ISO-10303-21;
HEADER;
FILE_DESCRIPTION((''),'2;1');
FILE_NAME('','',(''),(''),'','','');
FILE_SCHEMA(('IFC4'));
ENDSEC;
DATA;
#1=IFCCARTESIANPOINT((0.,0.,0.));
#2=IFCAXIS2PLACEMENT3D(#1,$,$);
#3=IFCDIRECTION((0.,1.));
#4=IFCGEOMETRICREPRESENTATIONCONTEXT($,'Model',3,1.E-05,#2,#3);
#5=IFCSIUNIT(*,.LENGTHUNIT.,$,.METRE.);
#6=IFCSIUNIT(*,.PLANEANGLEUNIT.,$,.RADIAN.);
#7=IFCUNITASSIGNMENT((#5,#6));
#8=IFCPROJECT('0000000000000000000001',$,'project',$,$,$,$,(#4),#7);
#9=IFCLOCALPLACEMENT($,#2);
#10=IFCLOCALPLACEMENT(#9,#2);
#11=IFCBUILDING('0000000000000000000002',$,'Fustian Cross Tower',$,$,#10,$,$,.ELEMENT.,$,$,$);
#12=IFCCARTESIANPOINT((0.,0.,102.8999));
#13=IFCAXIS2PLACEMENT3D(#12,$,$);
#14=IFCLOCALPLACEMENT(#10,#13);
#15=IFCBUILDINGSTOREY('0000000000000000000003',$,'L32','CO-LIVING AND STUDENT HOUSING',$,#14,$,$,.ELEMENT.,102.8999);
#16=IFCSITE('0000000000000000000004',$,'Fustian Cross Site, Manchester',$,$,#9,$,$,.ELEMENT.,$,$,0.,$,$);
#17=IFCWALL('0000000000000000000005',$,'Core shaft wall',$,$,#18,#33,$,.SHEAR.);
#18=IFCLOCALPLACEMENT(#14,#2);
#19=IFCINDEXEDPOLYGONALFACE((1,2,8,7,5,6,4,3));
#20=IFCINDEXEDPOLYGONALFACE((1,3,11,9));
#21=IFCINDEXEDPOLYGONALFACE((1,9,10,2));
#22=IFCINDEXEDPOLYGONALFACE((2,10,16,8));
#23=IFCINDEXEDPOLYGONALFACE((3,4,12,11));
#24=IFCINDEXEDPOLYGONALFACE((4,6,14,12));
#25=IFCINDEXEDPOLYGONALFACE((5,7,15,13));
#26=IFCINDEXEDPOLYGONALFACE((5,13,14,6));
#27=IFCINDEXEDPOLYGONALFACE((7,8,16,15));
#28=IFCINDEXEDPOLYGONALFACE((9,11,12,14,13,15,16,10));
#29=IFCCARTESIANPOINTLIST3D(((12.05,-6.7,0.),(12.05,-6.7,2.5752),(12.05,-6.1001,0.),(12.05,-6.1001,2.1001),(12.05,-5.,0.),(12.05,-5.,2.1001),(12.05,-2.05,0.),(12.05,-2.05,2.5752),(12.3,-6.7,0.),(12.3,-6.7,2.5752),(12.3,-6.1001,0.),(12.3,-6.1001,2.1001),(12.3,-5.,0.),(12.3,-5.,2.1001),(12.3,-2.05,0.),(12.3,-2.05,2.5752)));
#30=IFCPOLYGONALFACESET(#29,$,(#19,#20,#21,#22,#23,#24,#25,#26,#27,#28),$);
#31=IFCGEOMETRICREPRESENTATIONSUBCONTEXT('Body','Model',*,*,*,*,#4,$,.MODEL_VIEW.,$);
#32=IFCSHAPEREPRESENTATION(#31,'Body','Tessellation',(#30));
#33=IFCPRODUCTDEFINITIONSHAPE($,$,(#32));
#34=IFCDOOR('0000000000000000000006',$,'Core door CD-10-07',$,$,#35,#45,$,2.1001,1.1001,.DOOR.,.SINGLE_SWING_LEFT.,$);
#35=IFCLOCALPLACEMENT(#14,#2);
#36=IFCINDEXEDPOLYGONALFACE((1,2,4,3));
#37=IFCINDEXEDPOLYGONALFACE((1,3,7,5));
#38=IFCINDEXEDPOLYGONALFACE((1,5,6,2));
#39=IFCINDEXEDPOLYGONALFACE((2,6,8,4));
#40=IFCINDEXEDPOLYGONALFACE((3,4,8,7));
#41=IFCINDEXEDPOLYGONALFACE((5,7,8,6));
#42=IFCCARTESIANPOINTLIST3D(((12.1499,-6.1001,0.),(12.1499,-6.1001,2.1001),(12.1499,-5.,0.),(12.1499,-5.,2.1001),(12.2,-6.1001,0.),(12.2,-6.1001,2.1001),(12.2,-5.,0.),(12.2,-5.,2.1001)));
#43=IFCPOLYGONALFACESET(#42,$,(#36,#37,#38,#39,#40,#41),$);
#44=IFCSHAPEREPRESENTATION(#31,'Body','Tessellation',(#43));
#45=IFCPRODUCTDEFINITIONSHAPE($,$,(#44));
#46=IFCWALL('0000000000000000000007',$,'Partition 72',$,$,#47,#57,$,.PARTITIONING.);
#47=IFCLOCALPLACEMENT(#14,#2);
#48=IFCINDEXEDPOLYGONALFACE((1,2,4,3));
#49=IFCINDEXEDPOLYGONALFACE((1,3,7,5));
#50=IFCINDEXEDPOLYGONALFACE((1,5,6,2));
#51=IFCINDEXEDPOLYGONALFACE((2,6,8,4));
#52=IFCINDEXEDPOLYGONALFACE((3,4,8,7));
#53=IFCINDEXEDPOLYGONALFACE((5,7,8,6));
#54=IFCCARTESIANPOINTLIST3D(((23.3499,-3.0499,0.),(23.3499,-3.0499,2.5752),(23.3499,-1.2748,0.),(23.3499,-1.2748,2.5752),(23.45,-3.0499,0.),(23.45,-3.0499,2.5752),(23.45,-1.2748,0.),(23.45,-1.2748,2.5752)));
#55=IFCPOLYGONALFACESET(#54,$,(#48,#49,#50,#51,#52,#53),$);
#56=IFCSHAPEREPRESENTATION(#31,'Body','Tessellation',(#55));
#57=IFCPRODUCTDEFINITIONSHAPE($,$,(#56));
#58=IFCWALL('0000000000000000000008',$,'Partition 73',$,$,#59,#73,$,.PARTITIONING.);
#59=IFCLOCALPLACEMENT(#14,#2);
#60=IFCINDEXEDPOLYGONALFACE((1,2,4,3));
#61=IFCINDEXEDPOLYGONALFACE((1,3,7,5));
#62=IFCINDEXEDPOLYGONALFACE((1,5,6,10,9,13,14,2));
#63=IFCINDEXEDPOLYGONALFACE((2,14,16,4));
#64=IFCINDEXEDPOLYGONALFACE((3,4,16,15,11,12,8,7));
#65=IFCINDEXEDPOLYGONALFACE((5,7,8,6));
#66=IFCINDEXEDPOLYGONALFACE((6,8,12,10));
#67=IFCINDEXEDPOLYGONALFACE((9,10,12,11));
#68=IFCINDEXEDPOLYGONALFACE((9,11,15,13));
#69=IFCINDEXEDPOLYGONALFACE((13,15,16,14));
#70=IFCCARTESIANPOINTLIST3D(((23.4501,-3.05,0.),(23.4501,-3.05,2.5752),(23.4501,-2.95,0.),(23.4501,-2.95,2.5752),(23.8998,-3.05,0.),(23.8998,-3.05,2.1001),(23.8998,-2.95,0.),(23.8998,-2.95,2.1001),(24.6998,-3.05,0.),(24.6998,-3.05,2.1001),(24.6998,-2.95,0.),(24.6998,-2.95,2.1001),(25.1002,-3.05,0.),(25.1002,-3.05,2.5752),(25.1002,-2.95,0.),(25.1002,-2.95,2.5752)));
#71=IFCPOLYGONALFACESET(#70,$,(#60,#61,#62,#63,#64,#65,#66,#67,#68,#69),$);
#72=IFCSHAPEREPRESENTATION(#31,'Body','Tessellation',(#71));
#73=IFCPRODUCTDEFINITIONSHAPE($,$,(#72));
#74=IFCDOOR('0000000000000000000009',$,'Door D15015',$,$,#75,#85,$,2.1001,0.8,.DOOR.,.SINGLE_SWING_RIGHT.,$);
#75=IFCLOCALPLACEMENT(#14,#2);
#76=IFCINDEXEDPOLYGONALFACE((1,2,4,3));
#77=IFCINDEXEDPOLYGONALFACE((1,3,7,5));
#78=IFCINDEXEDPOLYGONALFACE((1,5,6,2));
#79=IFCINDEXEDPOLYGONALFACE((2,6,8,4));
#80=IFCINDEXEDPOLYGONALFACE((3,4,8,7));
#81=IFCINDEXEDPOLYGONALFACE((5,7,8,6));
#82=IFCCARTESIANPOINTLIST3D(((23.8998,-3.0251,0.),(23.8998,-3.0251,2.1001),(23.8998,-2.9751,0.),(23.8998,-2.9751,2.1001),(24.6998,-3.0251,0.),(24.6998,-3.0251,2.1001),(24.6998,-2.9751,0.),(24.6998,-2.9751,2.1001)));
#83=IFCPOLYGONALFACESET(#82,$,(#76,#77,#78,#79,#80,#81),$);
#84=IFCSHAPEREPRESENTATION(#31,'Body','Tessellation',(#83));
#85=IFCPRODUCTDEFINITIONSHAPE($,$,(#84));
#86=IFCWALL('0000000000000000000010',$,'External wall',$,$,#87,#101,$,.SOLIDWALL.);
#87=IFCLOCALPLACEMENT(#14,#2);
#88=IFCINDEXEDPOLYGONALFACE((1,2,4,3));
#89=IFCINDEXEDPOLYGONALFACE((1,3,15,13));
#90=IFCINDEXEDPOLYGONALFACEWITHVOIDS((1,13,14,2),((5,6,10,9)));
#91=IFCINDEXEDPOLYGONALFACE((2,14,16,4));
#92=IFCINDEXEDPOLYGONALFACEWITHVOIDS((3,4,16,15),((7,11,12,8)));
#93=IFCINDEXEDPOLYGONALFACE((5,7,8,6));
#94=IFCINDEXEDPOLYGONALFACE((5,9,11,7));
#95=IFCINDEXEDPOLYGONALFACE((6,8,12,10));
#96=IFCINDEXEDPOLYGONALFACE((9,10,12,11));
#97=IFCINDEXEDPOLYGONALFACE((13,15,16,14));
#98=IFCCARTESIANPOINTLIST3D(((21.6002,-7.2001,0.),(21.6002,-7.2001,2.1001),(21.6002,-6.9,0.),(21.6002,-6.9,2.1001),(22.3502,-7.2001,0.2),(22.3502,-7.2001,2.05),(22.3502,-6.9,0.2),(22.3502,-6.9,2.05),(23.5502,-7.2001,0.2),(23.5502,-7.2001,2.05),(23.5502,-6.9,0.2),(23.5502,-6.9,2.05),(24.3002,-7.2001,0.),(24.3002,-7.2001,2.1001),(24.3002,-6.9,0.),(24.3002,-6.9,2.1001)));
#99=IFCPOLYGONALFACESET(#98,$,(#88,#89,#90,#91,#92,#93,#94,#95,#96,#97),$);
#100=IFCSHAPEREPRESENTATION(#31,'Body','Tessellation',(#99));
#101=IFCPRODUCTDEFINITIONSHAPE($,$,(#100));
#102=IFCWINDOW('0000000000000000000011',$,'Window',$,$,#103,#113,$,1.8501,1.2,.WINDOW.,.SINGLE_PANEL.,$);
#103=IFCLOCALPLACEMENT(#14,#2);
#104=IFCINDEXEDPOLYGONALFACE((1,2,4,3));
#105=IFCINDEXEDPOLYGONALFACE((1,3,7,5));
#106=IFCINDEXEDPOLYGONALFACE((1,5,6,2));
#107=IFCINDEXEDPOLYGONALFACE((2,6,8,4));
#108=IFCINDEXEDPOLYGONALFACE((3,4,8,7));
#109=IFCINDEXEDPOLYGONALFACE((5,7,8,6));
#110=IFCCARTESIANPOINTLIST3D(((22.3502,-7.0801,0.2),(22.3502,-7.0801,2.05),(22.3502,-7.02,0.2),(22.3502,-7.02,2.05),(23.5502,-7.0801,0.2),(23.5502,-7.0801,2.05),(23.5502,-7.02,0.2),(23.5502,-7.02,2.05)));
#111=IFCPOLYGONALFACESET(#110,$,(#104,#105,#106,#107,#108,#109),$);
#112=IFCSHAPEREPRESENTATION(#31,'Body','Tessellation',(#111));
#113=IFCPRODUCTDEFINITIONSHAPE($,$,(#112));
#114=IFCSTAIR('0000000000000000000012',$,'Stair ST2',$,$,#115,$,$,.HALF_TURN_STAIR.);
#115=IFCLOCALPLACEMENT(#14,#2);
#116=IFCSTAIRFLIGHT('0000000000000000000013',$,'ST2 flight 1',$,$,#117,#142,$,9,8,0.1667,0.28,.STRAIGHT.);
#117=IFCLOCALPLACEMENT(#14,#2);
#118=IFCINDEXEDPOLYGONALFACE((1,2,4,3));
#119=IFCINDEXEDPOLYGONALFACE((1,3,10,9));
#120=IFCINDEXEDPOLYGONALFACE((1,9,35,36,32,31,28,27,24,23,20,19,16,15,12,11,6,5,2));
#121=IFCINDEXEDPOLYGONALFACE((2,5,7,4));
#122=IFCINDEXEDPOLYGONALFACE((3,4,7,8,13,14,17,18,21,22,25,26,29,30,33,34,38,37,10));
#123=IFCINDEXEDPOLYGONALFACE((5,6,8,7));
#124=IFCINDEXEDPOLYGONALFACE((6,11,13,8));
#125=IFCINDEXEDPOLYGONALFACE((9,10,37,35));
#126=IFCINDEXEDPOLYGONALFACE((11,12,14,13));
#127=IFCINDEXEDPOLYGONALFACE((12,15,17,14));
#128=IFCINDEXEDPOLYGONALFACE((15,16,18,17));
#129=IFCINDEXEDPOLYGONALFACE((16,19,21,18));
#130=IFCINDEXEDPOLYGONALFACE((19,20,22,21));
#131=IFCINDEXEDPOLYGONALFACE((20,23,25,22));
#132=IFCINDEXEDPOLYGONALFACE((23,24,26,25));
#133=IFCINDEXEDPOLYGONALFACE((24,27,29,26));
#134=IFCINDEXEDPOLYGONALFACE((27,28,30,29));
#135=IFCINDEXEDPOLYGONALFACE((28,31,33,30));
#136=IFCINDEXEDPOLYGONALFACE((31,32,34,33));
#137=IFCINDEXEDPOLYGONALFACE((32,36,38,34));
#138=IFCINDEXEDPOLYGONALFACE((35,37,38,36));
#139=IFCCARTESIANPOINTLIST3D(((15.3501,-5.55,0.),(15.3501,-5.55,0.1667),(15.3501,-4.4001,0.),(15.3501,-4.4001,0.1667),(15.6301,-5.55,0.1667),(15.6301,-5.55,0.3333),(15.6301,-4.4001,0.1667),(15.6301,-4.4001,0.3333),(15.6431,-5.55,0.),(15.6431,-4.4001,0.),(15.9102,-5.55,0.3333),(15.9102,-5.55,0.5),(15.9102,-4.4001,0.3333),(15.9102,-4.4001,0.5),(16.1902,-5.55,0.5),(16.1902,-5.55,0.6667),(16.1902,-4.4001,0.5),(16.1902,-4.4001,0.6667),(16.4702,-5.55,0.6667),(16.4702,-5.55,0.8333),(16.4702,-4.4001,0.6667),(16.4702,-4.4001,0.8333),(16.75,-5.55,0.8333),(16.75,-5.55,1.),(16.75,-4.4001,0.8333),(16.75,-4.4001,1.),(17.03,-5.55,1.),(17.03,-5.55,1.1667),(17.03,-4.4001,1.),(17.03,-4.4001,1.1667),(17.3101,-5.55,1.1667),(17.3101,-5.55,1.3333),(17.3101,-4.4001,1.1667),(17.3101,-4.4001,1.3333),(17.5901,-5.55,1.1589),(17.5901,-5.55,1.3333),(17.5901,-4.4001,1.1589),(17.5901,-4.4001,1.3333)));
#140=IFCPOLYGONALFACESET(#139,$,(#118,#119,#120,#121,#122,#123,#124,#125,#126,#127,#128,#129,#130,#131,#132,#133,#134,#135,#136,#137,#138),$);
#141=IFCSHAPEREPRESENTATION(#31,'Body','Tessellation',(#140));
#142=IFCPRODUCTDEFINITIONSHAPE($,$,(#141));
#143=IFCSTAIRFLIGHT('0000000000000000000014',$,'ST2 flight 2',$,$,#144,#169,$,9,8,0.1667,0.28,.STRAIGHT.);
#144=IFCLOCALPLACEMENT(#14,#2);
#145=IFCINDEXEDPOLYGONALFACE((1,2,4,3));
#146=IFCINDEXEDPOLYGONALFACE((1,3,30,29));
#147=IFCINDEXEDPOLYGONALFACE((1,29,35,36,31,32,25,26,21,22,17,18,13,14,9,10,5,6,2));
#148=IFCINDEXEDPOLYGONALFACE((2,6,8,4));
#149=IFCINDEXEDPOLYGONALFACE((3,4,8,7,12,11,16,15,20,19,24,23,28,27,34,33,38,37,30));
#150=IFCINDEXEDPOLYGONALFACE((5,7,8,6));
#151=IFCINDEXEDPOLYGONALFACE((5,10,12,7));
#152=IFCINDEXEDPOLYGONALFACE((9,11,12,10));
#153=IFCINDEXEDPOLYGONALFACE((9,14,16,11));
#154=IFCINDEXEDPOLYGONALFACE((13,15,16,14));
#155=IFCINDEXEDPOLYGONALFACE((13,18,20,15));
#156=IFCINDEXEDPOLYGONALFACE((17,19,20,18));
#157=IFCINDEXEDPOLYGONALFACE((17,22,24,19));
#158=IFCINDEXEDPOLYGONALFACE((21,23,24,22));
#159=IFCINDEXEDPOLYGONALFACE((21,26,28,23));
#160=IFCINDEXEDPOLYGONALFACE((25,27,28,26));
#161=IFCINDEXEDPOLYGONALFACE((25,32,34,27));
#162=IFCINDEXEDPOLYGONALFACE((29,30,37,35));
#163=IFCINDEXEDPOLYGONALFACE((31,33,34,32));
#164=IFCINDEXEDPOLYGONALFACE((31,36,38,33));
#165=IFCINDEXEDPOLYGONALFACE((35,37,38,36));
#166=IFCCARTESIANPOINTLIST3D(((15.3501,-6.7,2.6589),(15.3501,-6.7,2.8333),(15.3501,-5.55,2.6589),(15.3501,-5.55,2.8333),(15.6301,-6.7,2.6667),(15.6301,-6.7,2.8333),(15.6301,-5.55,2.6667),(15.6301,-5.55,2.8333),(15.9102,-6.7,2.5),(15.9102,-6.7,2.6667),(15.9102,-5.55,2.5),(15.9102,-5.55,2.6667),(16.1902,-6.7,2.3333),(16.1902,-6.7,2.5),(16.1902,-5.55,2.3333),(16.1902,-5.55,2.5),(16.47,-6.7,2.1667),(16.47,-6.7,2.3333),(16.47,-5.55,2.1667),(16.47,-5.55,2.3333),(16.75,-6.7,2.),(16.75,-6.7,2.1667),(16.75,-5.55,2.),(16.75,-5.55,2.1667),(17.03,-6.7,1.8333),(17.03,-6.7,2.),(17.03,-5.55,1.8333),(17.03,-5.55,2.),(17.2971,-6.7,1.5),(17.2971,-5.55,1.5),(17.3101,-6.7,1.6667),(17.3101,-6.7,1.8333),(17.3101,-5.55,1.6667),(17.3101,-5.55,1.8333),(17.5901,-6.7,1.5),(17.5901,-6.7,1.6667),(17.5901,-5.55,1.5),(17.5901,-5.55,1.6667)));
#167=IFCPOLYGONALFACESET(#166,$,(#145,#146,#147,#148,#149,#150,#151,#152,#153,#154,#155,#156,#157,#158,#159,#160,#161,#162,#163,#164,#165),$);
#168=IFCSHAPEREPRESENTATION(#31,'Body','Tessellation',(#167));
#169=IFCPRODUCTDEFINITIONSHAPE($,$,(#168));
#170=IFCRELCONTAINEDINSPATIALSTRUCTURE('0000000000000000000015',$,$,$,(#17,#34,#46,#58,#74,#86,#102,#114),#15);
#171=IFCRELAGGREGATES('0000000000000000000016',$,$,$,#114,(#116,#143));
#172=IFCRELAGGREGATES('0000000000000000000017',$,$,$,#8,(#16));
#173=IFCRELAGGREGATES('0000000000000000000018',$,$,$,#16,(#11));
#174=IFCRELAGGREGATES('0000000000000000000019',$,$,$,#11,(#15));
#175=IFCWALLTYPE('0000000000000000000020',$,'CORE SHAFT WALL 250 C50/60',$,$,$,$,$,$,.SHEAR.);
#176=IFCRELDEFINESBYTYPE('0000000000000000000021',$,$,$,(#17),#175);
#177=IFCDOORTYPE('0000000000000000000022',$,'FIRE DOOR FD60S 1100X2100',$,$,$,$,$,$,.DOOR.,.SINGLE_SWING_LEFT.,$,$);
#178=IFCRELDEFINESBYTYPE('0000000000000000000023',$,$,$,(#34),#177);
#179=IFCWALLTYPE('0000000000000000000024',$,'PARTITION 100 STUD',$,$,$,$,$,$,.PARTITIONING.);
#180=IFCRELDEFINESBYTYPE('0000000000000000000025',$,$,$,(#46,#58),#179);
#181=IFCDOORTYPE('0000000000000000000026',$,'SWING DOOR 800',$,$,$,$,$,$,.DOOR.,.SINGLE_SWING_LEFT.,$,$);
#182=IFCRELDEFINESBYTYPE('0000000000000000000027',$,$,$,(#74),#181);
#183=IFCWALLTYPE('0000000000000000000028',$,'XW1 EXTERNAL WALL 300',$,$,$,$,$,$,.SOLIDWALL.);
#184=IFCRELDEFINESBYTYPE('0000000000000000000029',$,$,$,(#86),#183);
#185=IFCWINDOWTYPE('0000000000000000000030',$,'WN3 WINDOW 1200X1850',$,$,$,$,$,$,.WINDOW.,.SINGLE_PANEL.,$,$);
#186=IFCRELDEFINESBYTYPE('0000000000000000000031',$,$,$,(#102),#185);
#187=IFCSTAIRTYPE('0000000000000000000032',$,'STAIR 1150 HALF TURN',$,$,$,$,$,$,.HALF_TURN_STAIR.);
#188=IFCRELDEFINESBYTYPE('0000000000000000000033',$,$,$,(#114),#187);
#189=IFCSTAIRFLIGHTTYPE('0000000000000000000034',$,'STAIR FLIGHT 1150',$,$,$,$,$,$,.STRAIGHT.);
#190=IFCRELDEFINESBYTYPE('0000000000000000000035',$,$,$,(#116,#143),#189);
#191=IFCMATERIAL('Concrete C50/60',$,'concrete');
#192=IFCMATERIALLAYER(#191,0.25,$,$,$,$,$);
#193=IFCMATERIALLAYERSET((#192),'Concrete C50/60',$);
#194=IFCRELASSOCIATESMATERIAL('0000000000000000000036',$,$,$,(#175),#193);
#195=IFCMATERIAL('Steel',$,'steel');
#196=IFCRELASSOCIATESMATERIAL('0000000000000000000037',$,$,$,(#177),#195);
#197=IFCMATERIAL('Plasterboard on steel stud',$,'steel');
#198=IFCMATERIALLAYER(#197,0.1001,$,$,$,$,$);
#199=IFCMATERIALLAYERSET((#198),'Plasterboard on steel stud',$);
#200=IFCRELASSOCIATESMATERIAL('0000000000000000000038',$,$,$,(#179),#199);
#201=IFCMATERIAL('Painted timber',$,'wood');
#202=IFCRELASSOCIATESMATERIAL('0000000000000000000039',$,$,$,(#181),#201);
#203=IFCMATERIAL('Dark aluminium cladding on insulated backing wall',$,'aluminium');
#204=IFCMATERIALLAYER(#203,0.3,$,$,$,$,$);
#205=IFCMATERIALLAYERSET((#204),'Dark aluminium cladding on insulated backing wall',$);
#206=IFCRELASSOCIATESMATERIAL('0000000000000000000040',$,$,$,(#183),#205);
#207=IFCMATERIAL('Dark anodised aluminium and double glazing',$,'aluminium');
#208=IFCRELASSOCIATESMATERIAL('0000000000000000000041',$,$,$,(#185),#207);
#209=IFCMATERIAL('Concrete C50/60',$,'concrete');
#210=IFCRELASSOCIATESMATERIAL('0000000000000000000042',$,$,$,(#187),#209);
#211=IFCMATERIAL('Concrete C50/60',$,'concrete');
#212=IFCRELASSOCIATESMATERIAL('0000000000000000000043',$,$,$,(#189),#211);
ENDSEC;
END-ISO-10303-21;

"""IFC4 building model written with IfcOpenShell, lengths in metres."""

from ifc_helpers import new_model, si_unit, direction, frame, frame_2d, origin, place, context, subcontext, project, spatial, polyline, rectangle, outline, extrude, material, layer, layer_set, type_object, element, fill, aggregate, save


model = new_model("IFC4")

# Units and contexts
model_context = context("Model", 3, precision=1e-05, world=origin(), true_north=direction((0.0, 1.0)))
body_context = subcontext(model_context, "Body", "Model", "MODEL_VIEW")
ifc_project = project(units=[si_unit("LENGTHUNIT", "METRE"), si_unit("PLANEANGLEUNIT", "RADIAN")], contexts=[model_context])

# Site, building, storey
site_placement = place(None, origin())
site = spatial("IfcSite", under=ifc_project, at=site_placement, Name="Fustian Cross Site, Manchester", CompositionType="ELEMENT", RefElevation=0.0)
building_placement = place(site_placement, origin())
building = spatial("IfcBuilding", under=site, at=building_placement, Name="Fustian Cross Tower", CompositionType="ELEMENT")
storey_placement = place(building_placement, frame((0.0, 0.0, 102.8999)))
storey = spatial("IfcBuildingStorey", under=building, at=storey_placement, Name="L32", Description="CO-LIVING AND STUDENT HOUSING", CompositionType="ELEMENT", Elevation=102.8999)

# Shared definitions
ifc_material_1 = material(Name="Concrete C50/60", Category="concrete")
ifc_layer_1 = layer(ifc_material_1, 0.25)
ifc_layer_set_1 = layer_set([ifc_layer_1], Name="Concrete C50/60")
wall_type_1 = type_object("IfcWallType", Name="CORE SHAFT WALL 250 C50/60", PredefinedType="SHEAR", material=ifc_layer_set_1)

# Wall, opening, door
wall_1_placement = place(storey_placement, frame((12.175, -2.05, 0.0), z_axis=(0.0, 0.0, 1.0), x_axis=(0.0, -1.0, 0.0)))
wall_1 = element("IfcWall", 1, at=wall_1_placement, inside=storey, type_object=wall_type_1, Name="Core shaft wall", PredefinedType="SHEAR", context=body_context, shape_type="SweptSolid", body=[
    extrude(rectangle(XDim=4.6499, YDim=0.25, at=frame_2d((2.325, 0.0))), origin(), (0.0, 0.0, 1.0), 2.5752),
])
opening_1_placement = place(wall_1_placement, frame((2.95, 0.0, 0.0)))
opening_1 = element("IfcOpeningElement", 2, at=opening_1_placement, cuts=wall_1, PredefinedType="OPENING", context=body_context, shape_type="SweptSolid", body=[
    extrude(rectangle(XDim=1.1001, YDim=2.1001, at=frame_2d((0.55, 1.05))), frame((0.0, 0.135, 0.0), z_axis=(0.0, -1.0, 0.0), x_axis=(1.0, 0.0, 0.0)), (0.0, 0.0, 1.0), 0.27),
])
ifc_material_2 = material(Name="Steel", Category="steel")
door_type_1 = type_object("IfcDoorType", Name="FIRE DOOR FD60S 1100X2100", OperationType="SINGLE_SWING_LEFT", PredefinedType="DOOR", material=ifc_material_2)
door_1_placement = place(opening_1_placement, origin())
door_1 = element("IfcDoor", 3, at=door_1_placement, inside=storey, type_object=door_type_1, Name="Core door CD-10-07", OperationType="SINGLE_SWING_LEFT", OverallHeight=2.1001, OverallWidth=1.1001, PredefinedType="DOOR", context=body_context, shape_type="SweptSolid", body=[
    extrude(rectangle(XDim=1.1001, YDim=2.1001, at=frame_2d((0.55, 1.05))), frame((0.0, 0.0249, 0.0), z_axis=(0.0, -1.0, 0.0), x_axis=(1.0, 0.0, 0.0)), (0.0, 0.0, 1.0), 0.05),
])
fill(opening_1, door_1)

# Wall
ifc_material_3 = material(Name="Plasterboard on steel stud", Category="steel")
ifc_layer_2 = layer(ifc_material_3, 0.1001)
ifc_layer_set_2 = layer_set([ifc_layer_2], Name="Plasterboard on steel stud")
wall_type_2 = type_object("IfcWallType", Name="PARTITION 100 STUD", PredefinedType="PARTITIONING", material=ifc_layer_set_2)
wall_2_placement = place(storey_placement, frame((23.3999, -3.05, 0.0), z_axis=(0.0, 0.0, 1.0), x_axis=(0.0, 1.0, 0.0)))
element("IfcWall", 4, at=wall_2_placement, inside=storey, type_object=wall_type_2, Name="Partition 72", PredefinedType="PARTITIONING", context=body_context, shape_type="SweptSolid", body=[
    extrude(rectangle(XDim=1.7751, YDim=0.1001, at=frame_2d((0.8877, 0.0))), origin(), (0.0, 0.0, 1.0), 2.5752),
])

# Wall, opening, door
wall_3_placement = place(storey_placement, frame((23.45, -3.0, 0.0), z_axis=(0.0, 0.0, 1.0), x_axis=(1.0, 0.0, 0.0)))
wall_3 = element("IfcWall", 5, at=wall_3_placement, inside=storey, type_object=wall_type_2, Name="Partition 73", PredefinedType="PARTITIONING", context=body_context, shape_type="SweptSolid", body=[
    extrude(rectangle(XDim=1.6501, YDim=0.1001, at=frame_2d((0.8252, 0.0))), origin(), (0.0, 0.0, 1.0), 2.5752),
])
opening_2_placement = place(wall_3_placement, frame((0.45, 0.0, 0.0)))
opening_2 = element("IfcOpeningElement", 6, at=opening_2_placement, cuts=wall_3, PredefinedType="OPENING", context=body_context, shape_type="SweptSolid", body=[
    extrude(rectangle(XDim=0.8, YDim=2.1001, at=frame_2d((0.3999, 1.05))), frame((0.0, 0.0601, 0.0), z_axis=(0.0, -1.0, 0.0), x_axis=(1.0, 0.0, 0.0)), (0.0, 0.0, 1.0), 0.1201),
])
ifc_material_4 = material(Name="Painted timber", Category="wood")
door_type_2 = type_object("IfcDoorType", Name="SWING DOOR 800", OperationType="SINGLE_SWING_LEFT", PredefinedType="DOOR", material=ifc_material_4)
door_2_placement = place(opening_2_placement, origin())
door_2 = element("IfcDoor", 7, at=door_2_placement, inside=storey, type_object=door_type_2, Name="Door D15015", OperationType="SINGLE_SWING_RIGHT", OverallHeight=2.1001, OverallWidth=0.8, PredefinedType="DOOR", context=body_context, shape_type="SweptSolid", body=[
    extrude(rectangle(XDim=0.8, YDim=2.1001, at=frame_2d((0.3999, 1.05))), frame((0.0, 0.0249, 0.0), z_axis=(0.0, -1.0, 0.0), x_axis=(1.0, 0.0, 0.0)), (0.0, 0.0, 1.0), 0.05),
])
fill(opening_2, door_2)

# Wall, opening, window
ifc_material_5 = material(Name="Dark aluminium cladding on insulated backing wall", Category="aluminium")
ifc_layer_3 = layer(ifc_material_5, 0.3)
ifc_layer_set_3 = layer_set([ifc_layer_3], Name="Dark aluminium cladding on insulated backing wall")
wall_type_3 = type_object("IfcWallType", Name="XW1 EXTERNAL WALL 300", PredefinedType="SOLIDWALL", material=ifc_layer_set_3)
wall_4_placement = place(storey_placement, frame((21.6001, -7.05, 0.0), z_axis=(0.0, 0.0, 1.0), x_axis=(1.0, 0.0, 0.0)))
wall_4 = element("IfcWall", 8, at=wall_4_placement, inside=storey, type_object=wall_type_3, Name="External wall", PredefinedType="SOLIDWALL", context=body_context, shape_type="SweptSolid", body=[
    extrude(rectangle(XDim=2.7, YDim=0.3, at=frame_2d((1.3501, 0.0))), origin(), (0.0, 0.0, 1.0), 2.1001),
])
opening_3_placement = place(wall_4_placement, frame((0.75, 0.0, 0.2)))
opening_3 = element("IfcOpeningElement", 9, at=opening_3_placement, cuts=wall_4, PredefinedType="OPENING", context=body_context, shape_type="SweptSolid", body=[
    extrude(rectangle(XDim=1.2, YDim=1.8501, at=frame_2d((0.6001, 0.925))), frame((0.0, 0.1599, 0.0), z_axis=(0.0, -1.0, 0.0), x_axis=(1.0, 0.0, 0.0)), (0.0, 0.0, 1.0), 0.3201),
])
ifc_material_6 = material(Name="Dark anodised aluminium and double glazing", Category="aluminium")
window_type = type_object("IfcWindowType", Name="WN3 WINDOW 1200X1850", PartitioningType="SINGLE_PANEL", PredefinedType="WINDOW", material=ifc_material_6)
window_placement = place(opening_3_placement, origin())
window = element("IfcWindow", 10, at=window_placement, inside=storey, type_object=window_type, Name="Window", OverallHeight=1.8501, OverallWidth=1.2, PartitioningType="SINGLE_PANEL", PredefinedType="WINDOW", context=body_context, shape_type="SweptSolid", body=[
    extrude(rectangle(XDim=1.2, YDim=1.8501, at=frame_2d((0.6001, 0.925))), frame((0.0, 0.03, 0.0), z_axis=(0.0, -1.0, 0.0), x_axis=(1.0, 0.0, 0.0)), (0.0, 0.0, 1.0), 0.0601),
])
fill(opening_3, window)

# Stair, stair flights
ifc_material_7 = material(Name="Concrete C50/60", Category="concrete")
stair_type = type_object("IfcStairType", Name="STAIR 1150 HALF TURN", PredefinedType="HALF_TURN_STAIR", material=ifc_material_7)
stair_placement = place(storey_placement, origin())
stair = element("IfcStair", 11, at=stair_placement, inside=storey, type_object=stair_type, Name="Stair ST2", PredefinedType="HALF_TURN_STAIR")
ifc_material_8 = material(Name="Concrete C50/60", Category="concrete")
stair_flight_type = type_object("IfcStairFlightType", Name="STAIR FLIGHT 1150", PredefinedType="STRAIGHT", material=ifc_material_8)
stair_flight_1_placement = place(storey_placement, frame((15.3501, -4.9751, 0.0), z_axis=(0.0, 0.0, 1.0), x_axis=(1.0, 0.0, 0.0)))
stair_flight_1 = element("IfcStairFlight", 12, at=stair_flight_1_placement, type_object=stair_flight_type, Name="ST2 flight 1", NumberOfRisers=9, NumberOfTreads=8, PredefinedType="STRAIGHT", RiserHeight=0.1667, TreadLength=0.28, context=body_context, shape_type="SweptSolid", body=[
    extrude(outline(polyline([(0.0, 0.0), (0.0, 0.1667), (0.28, 0.1667), (0.28, 0.3333), (0.5601, 0.3333), (0.5601, 0.5), (0.8401, 0.5), (0.8401, 0.6667), (1.1201, 0.6667), (1.1201, 0.8333), (1.3999, 0.8333), (1.3999, 1.0), (1.6799, 1.0), (1.6799, 1.1667), (1.96, 1.1667), (1.96, 1.3333), (2.24, 1.3333), (2.24, 1.5), (2.24, 1.1589), (0.293, 0.0), (0.0, 0.0)])), frame((0.0, 0.575, 0.0), z_axis=(0.0, -1.0, 0.0), x_axis=(1.0, 0.0, 0.0)), (0.0, 0.0, 1.0), 1.1499),
])
stair_flight_2_placement = place(storey_placement, frame((17.5901, -6.125, 1.5), z_axis=(0.0, 0.0, 1.0), x_axis=(-1.0, 0.0, 0.0)))
stair_flight_2 = element("IfcStairFlight", 13, at=stair_flight_2_placement, type_object=stair_flight_type, Name="ST2 flight 2", NumberOfRisers=9, NumberOfTreads=8, PredefinedType="STRAIGHT", RiserHeight=0.1667, TreadLength=0.28, context=body_context, shape_type="SweptSolid", body=[
    extrude(outline(polyline([(0.0, 0.0), (0.0, 0.1667), (0.28, 0.1667), (0.28, 0.3333), (0.5601, 0.3333), (0.5601, 0.5), (0.8401, 0.5), (0.8401, 0.6667), (1.1201, 0.6667), (1.1201, 0.8333), (1.3999, 0.8333), (1.3999, 1.0), (1.6799, 1.0), (1.6799, 1.1667), (1.96, 1.1667), (1.96, 1.3333), (2.24, 1.3333), (2.24, 1.5), (2.24, 1.1589), (0.293, 0.0), (0.0, 0.0)])), frame((0.0, 0.575, 0.0), z_axis=(0.0, -1.0, 0.0), x_axis=(1.0, 0.0, 0.0)), (0.0, 0.0, 1.0), 1.1499),
])
aggregate(stair, [stair_flight_1, stair_flight_2])

save(model, "model.ifc")
